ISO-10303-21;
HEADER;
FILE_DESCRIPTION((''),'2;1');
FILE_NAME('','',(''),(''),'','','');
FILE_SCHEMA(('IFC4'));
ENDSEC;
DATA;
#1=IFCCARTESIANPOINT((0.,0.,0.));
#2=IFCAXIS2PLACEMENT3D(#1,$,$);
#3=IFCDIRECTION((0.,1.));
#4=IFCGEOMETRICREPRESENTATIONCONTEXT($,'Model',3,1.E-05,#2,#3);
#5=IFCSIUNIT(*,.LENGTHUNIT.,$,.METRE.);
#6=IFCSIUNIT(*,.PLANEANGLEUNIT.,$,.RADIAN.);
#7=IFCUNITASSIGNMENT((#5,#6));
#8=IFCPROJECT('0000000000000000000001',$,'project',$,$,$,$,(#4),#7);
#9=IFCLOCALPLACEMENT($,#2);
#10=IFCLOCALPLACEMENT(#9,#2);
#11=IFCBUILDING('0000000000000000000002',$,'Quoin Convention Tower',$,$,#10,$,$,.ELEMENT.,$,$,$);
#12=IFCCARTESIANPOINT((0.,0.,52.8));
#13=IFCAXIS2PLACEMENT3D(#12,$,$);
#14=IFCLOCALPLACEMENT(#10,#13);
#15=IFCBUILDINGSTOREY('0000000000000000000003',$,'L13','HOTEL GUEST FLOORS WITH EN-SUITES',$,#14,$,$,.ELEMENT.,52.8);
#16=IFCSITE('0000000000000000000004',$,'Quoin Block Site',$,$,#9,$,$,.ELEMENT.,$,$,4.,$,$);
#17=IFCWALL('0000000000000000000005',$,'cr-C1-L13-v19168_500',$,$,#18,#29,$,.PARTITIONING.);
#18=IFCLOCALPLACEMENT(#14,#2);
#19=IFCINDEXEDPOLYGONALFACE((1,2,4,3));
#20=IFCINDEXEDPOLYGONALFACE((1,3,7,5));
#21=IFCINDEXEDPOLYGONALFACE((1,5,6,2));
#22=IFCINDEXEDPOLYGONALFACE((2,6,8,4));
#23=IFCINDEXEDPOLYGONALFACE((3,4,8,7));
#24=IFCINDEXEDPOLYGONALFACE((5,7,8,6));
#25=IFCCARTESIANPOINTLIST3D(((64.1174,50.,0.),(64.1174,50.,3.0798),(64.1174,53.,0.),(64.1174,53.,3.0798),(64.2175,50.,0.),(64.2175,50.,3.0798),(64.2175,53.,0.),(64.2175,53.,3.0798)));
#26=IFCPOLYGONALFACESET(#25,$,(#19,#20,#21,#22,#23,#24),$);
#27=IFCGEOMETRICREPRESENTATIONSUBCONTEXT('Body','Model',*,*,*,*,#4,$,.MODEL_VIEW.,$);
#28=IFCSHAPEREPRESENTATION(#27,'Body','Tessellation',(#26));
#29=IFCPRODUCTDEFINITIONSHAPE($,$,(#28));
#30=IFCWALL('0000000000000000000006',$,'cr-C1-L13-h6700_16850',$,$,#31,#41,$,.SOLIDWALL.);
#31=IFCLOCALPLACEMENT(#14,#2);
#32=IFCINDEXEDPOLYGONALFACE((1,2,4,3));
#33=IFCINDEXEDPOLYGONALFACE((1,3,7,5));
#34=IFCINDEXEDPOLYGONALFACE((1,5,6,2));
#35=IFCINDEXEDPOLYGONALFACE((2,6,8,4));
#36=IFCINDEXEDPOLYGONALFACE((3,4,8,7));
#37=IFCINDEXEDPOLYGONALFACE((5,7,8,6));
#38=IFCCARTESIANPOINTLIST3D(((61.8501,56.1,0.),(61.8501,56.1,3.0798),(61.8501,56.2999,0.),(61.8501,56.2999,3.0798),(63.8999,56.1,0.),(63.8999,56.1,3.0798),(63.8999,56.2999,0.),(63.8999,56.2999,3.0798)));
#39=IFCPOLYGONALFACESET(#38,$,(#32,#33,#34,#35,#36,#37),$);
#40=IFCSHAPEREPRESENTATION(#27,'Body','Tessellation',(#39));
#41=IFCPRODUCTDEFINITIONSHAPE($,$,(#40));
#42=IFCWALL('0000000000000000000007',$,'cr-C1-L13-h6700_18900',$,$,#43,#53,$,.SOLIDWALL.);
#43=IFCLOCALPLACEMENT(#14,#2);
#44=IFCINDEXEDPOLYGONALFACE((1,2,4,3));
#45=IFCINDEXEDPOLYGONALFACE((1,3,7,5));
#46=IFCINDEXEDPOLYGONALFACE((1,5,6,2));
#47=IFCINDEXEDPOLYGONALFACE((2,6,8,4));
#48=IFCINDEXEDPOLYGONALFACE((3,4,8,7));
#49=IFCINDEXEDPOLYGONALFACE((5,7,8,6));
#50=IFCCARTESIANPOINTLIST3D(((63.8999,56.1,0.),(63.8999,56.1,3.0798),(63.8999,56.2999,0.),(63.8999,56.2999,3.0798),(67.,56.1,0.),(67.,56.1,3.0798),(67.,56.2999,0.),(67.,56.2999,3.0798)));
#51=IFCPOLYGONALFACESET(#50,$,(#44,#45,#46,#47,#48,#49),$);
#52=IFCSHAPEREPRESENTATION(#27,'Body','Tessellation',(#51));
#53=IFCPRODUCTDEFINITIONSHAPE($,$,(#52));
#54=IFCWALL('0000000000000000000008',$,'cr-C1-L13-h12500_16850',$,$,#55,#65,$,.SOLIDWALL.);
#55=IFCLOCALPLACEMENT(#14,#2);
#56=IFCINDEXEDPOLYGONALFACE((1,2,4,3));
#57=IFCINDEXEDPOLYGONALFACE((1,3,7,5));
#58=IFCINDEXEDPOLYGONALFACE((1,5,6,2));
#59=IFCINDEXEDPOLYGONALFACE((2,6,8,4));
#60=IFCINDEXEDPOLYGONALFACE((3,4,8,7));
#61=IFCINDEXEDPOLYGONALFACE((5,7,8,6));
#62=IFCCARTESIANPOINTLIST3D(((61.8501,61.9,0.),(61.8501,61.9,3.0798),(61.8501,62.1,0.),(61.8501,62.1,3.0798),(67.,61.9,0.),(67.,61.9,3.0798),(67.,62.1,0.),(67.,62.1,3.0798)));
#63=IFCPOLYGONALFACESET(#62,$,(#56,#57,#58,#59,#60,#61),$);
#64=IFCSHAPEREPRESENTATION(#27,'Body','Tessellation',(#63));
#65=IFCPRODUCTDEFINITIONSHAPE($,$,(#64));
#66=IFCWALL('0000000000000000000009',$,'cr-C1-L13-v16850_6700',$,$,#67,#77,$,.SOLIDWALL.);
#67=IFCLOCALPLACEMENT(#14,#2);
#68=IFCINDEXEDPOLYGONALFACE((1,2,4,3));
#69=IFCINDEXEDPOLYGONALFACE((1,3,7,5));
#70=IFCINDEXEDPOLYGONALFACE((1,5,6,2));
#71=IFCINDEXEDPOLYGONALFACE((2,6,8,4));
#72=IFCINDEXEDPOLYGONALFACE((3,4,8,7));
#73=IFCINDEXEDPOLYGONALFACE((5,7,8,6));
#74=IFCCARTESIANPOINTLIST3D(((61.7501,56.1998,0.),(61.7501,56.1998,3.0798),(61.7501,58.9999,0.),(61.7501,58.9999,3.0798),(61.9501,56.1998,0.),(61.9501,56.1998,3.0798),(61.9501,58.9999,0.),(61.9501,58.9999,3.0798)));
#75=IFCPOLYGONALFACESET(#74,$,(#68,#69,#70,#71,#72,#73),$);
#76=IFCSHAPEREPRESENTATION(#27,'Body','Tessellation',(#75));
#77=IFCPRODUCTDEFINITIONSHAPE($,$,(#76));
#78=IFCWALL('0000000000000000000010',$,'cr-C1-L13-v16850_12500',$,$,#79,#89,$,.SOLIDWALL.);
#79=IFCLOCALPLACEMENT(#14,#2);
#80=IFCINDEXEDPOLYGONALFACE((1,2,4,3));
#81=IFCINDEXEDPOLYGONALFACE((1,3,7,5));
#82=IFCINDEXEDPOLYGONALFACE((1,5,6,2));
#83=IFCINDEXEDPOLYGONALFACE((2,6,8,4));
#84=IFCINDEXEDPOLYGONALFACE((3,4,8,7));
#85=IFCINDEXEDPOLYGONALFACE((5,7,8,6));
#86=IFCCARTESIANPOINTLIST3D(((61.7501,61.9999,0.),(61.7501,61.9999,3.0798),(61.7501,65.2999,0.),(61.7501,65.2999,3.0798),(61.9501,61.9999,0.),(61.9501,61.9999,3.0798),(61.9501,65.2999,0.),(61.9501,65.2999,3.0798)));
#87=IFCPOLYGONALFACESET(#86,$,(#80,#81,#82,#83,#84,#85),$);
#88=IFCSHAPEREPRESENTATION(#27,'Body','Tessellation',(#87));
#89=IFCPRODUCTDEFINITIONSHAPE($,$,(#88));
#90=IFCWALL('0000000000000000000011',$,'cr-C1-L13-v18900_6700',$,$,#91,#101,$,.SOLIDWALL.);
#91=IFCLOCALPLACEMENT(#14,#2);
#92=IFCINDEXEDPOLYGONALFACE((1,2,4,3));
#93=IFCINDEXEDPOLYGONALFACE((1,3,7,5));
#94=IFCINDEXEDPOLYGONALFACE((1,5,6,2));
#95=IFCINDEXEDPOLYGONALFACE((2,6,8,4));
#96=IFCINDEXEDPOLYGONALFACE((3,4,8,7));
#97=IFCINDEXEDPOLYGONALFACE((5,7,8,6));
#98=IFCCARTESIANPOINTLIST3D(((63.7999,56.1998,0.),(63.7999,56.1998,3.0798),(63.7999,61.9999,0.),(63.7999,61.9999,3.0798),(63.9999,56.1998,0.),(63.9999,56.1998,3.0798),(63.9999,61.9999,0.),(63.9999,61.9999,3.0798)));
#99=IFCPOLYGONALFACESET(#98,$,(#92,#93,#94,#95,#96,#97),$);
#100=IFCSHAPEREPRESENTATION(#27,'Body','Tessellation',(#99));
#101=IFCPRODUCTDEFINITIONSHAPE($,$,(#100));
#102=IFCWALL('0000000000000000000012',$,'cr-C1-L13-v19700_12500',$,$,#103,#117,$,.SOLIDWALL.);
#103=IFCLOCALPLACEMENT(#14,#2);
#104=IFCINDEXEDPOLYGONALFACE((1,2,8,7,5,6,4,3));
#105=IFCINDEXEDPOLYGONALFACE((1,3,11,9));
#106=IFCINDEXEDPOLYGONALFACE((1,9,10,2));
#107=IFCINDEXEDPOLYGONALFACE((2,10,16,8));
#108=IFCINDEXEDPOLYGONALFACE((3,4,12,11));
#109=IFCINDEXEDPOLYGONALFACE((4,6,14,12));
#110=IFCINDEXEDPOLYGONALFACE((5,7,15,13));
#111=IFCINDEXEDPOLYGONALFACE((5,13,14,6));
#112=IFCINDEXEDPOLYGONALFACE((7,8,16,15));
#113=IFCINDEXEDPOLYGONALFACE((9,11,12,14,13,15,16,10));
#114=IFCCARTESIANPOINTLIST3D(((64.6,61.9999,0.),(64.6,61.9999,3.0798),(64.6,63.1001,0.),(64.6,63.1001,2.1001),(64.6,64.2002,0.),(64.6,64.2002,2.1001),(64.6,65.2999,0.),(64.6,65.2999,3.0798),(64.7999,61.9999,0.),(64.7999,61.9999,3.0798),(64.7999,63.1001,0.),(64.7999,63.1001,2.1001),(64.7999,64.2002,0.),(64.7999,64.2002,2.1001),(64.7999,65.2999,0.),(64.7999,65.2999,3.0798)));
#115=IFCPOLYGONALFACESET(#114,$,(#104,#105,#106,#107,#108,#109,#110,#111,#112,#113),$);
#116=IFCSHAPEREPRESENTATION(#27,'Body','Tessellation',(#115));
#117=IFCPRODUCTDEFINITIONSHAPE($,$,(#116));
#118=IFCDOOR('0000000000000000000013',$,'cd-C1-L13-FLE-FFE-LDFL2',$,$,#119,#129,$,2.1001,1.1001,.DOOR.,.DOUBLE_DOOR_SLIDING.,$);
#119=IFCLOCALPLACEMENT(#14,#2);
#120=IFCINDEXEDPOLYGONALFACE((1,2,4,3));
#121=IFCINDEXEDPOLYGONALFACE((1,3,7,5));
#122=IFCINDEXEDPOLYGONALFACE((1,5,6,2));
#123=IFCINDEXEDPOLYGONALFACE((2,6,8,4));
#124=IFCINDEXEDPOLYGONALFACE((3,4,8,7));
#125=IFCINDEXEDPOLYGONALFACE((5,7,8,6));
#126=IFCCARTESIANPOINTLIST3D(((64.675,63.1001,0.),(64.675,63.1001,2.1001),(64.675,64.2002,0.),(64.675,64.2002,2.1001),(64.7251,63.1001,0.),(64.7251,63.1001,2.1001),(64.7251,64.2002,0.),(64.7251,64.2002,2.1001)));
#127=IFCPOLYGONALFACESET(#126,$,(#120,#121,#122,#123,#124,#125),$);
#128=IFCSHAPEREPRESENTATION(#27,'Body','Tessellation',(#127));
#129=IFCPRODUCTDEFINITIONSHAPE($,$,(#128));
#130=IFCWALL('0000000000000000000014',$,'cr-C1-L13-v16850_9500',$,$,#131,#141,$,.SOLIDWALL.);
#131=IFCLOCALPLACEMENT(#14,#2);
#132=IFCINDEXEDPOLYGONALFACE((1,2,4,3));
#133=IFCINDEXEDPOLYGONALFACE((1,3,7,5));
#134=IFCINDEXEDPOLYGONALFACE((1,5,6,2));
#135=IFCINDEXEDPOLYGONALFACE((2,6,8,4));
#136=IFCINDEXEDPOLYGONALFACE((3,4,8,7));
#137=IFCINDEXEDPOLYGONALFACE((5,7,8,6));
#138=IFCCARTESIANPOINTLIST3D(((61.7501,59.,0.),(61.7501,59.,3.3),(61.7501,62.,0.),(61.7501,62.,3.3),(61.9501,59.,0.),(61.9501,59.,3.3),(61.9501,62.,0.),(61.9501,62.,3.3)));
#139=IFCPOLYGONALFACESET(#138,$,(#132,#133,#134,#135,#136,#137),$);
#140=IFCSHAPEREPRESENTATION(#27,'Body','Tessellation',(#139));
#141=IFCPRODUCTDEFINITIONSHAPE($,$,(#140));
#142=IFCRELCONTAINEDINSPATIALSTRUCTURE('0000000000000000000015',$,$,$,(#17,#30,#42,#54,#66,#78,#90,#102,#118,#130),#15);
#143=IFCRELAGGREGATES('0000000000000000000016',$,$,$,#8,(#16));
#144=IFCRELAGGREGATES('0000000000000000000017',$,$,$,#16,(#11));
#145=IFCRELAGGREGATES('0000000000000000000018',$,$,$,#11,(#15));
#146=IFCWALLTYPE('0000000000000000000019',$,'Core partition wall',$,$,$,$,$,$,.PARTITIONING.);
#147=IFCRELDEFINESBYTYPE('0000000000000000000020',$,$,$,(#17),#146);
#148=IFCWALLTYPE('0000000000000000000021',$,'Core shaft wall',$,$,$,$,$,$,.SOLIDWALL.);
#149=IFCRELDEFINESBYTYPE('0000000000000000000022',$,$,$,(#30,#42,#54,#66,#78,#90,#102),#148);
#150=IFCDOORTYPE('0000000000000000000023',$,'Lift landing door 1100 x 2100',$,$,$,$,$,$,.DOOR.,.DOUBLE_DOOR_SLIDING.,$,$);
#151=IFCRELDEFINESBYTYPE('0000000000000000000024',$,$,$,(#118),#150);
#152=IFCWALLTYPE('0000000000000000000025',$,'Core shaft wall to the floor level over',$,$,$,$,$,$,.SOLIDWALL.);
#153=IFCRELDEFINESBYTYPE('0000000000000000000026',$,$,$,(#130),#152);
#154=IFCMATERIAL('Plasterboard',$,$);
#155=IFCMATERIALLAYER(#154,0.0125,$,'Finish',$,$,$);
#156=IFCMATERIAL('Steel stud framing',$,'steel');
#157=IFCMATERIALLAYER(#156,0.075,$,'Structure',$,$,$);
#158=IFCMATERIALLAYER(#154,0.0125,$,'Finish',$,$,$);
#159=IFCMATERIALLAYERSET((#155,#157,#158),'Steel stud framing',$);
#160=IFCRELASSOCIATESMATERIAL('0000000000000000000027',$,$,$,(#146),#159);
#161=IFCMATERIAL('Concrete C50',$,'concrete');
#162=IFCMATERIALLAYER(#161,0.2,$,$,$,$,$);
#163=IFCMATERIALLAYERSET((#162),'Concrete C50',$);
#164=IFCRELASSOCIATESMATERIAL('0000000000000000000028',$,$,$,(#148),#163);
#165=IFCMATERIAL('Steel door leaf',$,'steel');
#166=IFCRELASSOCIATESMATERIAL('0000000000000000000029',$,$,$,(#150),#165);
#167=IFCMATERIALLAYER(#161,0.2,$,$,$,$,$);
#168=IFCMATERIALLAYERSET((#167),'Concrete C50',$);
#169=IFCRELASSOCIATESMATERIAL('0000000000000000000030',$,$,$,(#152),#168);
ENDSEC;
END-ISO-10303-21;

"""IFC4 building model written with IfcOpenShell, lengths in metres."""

from ifc_helpers import new_model, si_unit, direction, frame, frame_2d, origin, place, context, subcontext, project, spatial, rectangle, extrude, material, layer, layer_set, type_object, element, fill, save


model = new_model("IFC4")

# Units and contexts
model_context = context("Model", 3, precision=1e-05, world=origin(), true_north=direction((0.0, 1.0)))
body_context = subcontext(model_context, "Body", "Model", "MODEL_VIEW")
ifc_project = project(units=[si_unit("LENGTHUNIT", "METRE"), si_unit("PLANEANGLEUNIT", "RADIAN")], contexts=[model_context])

# Site, building, storey
site_placement = place(None, origin())
site = spatial("IfcSite", under=ifc_project, at=site_placement, Name="Quoin Block Site", CompositionType="ELEMENT", RefElevation=4.0)
building_placement = place(site_placement, origin())
building = spatial("IfcBuilding", under=site, at=building_placement, Name="Quoin Convention Tower", CompositionType="ELEMENT")
storey_placement = place(building_placement, frame((0.0, 0.0, 52.8)))
storey = spatial("IfcBuildingStorey", under=building, at=storey_placement, Name="L13", Description="HOTEL GUEST FLOORS WITH EN-SUITES", CompositionType="ELEMENT", Elevation=52.8)

# Walls
ifc_material_1 = material(Name="Plasterboard")
ifc_layer_1 = layer(ifc_material_1, 0.0125, Name="Finish")
ifc_material_2 = material(Name="Steel stud framing", Category="steel")
ifc_layer_2 = layer(ifc_material_2, 0.075, Name="Structure")
ifc_layer_3 = layer(ifc_material_1, 0.0125, Name="Finish")
ifc_layer_set_1 = layer_set([ifc_layer_1, ifc_layer_2, ifc_layer_3], Name="Steel stud framing")
wall_type_1 = type_object("IfcWallType", Name="Core partition wall", PredefinedType="PARTITIONING", material=ifc_layer_set_1)
wall_1_placement = place(storey_placement, frame((64.1675, 50.0, 0.0), z_axis=(0.0, 0.0, 1.0), x_axis=(0.0, 1.0, 0.0)))
element("IfcWall", 1, at=wall_1_placement, inside=storey, type_object=wall_type_1, Name="cr-C1-L13-v19168_500", PredefinedType="PARTITIONING", context=body_context, shape_type="SweptSolid", body=[
    extrude(rectangle(XDim=3.0, YDim=0.1001, at=frame_2d((1.5, 0.0))), origin(), (0.0, 0.0, 1.0), 3.0798),
])
ifc_material_3 = material(Name="Concrete C50", Category="concrete")
ifc_layer_4 = layer(ifc_material_3, 0.2)
ifc_layer_set_2 = layer_set([ifc_layer_4], Name="Concrete C50")
wall_type_2 = type_object("IfcWallType", Name="Core shaft wall", PredefinedType="SOLIDWALL", material=ifc_layer_set_2)
wall_2_placement = place(storey_placement, frame((61.8501, 56.2, 0.0), z_axis=(0.0, 0.0, 1.0), x_axis=(1.0, 0.0, 0.0)))
element("IfcWall", 2, at=wall_2_placement, inside=storey, type_object=wall_type_2, Name="cr-C1-L13-h6700_16850", PredefinedType="SOLIDWALL", context=body_context, shape_type="SweptSolid", body=[
    extrude(rectangle(XDim=2.0498, YDim=0.2, at=frame_2d((1.0249, 0.0))), origin(), (0.0, 0.0, 1.0), 3.0798),
])
wall_3_placement = place(storey_placement, frame((63.8999, 56.2, 0.0), z_axis=(0.0, 0.0, 1.0), x_axis=(1.0, 0.0, 0.0)))
element("IfcWall", 3, at=wall_3_placement, inside=storey, type_object=wall_type_2, Name="cr-C1-L13-h6700_18900", PredefinedType="SOLIDWALL", context=body_context, shape_type="SweptSolid", body=[
    extrude(rectangle(XDim=3.1001, YDim=0.2, at=frame_2d((1.55, 0.0))), origin(), (0.0, 0.0, 1.0), 3.0798),
])
wall_4_placement = place(storey_placement, frame((61.8501, 62.0, 0.0), z_axis=(0.0, 0.0, 1.0), x_axis=(1.0, 0.0, 0.0)))
element("IfcWall", 4, at=wall_4_placement, inside=storey, type_object=wall_type_2, Name="cr-C1-L13-h12500_16850", PredefinedType="SOLIDWALL", context=body_context, shape_type="SweptSolid", body=[
    extrude(rectangle(XDim=5.1499, YDim=0.2, at=frame_2d((2.575, 0.0))), origin(), (0.0, 0.0, 1.0), 3.0798),
])
wall_5_placement = place(storey_placement, frame((61.8501, 56.2, 0.0), z_axis=(0.0, 0.0, 1.0), x_axis=(0.0, 1.0, 0.0)))
element("IfcWall", 5, at=wall_5_placement, inside=storey, type_object=wall_type_2, Name="cr-C1-L13-v16850_6700", PredefinedType="SOLIDWALL", context=body_context, shape_type="SweptSolid", body=[
    extrude(rectangle(XDim=2.8, YDim=0.2, at=frame_2d((1.3999, 0.0))), origin(), (0.0, 0.0, 1.0), 3.0798),
])
wall_6_placement = place(storey_placement, frame((61.8501, 62.0, 0.0), z_axis=(0.0, 0.0, 1.0), x_axis=(0.0, 1.0, 0.0)))
element("IfcWall", 6, at=wall_6_placement, inside=storey, type_object=wall_type_2, Name="cr-C1-L13-v16850_12500", PredefinedType="SOLIDWALL", context=body_context, shape_type="SweptSolid", body=[
    extrude(rectangle(XDim=3.3, YDim=0.2, at=frame_2d((1.6499, 0.0))), origin(), (0.0, 0.0, 1.0), 3.0798),
])
wall_7_placement = place(storey_placement, frame((63.8999, 56.2, 0.0), z_axis=(0.0, 0.0, 1.0), x_axis=(0.0, 1.0, 0.0)))
element("IfcWall", 7, at=wall_7_placement, inside=storey, type_object=wall_type_2, Name="cr-C1-L13-v18900_6700", PredefinedType="SOLIDWALL", context=body_context, shape_type="SweptSolid", body=[
    extrude(rectangle(XDim=5.8, YDim=0.2, at=frame_2d((2.8999, 0.0))), origin(), (0.0, 0.0, 1.0), 3.0798),
])

# Wall, opening, door
wall_8_placement = place(storey_placement, frame((64.7, 62.0, 0.0), z_axis=(0.0, 0.0, 1.0), x_axis=(0.0, 1.0, 0.0)))
wall_8 = element("IfcWall", 8, at=wall_8_placement, inside=storey, type_object=wall_type_2, Name="cr-C1-L13-v19700_12500", PredefinedType="SOLIDWALL", context=body_context, shape_type="SweptSolid", body=[
    extrude(rectangle(XDim=3.3, YDim=0.2, at=frame_2d((1.6499, 0.0))), origin(), (0.0, 0.0, 1.0), 3.0798),
])
opening_1_placement = place(wall_8_placement, frame((1.1001, 0.0, 0.0)))
opening_1 = element("IfcOpeningElement", 9, at=opening_1_placement, cuts=wall_8, PredefinedType="OPENING", context=body_context, shape_type="SweptSolid", body=[
    extrude(rectangle(XDim=1.1001, YDim=2.1001, at=frame_2d((0.55, 1.05))), frame((0.0, 0.1099, 0.0), z_axis=(0.0, -1.0, 0.0), x_axis=(1.0, 0.0, 0.0)), (0.0, 0.0, 1.0), 0.22),
])
ifc_material_4 = material(Name="Steel door leaf", Category="steel")
door_type_1 = type_object("IfcDoorType", Name="Lift landing door 1100 x 2100", OperationType="DOUBLE_DOOR_SLIDING", PredefinedType="DOOR", material=ifc_material_4)
door_1_placement = place(opening_1_placement, origin())
door_1 = element("IfcDoor", 10, at=door_1_placement, inside=storey, type_object=door_type_1, Name="cd-C1-L13-FLE-FFE-LDFL2", OperationType="DOUBLE_DOOR_SLIDING", OverallHeight=2.1001, OverallWidth=1.1001, PredefinedType="DOOR", context=body_context, shape_type="SweptSolid", body=[
    extrude(rectangle(XDim=1.1001, YDim=2.1001, at=frame_2d((0.55, 1.05))), frame((0.0, 0.0249, 0.0), z_axis=(0.0, -1.0, 0.0), x_axis=(1.0, 0.0, 0.0)), (0.0, 0.0, 1.0), 0.05),
])
fill(opening_1, door_1)

# Wall
ifc_layer_5 = layer(ifc_material_3, 0.2)
ifc_layer_set_3 = layer_set([ifc_layer_5], Name="Concrete C50")
wall_type_3 = type_object("IfcWallType", Name="Core shaft wall to the floor level over", PredefinedType="SOLIDWALL", material=ifc_layer_set_3)
wall_9_placement = place(storey_placement, frame((61.8501, 59.0, 0.0), z_axis=(0.0, 0.0, 1.0), x_axis=(0.0, 1.0, 0.0)))
element("IfcWall", 11, at=wall_9_placement, inside=storey, type_object=wall_type_3, Name="cr-C1-L13-v16850_9500", PredefinedType="SOLIDWALL", context=body_context, shape_type="SweptSolid", body=[
    extrude(rectangle(XDim=3.0, YDim=0.2, at=frame_2d((1.5, 0.0))), origin(), (0.0, 0.0, 1.0), 3.3),
])

save(model, "model.ifc")
